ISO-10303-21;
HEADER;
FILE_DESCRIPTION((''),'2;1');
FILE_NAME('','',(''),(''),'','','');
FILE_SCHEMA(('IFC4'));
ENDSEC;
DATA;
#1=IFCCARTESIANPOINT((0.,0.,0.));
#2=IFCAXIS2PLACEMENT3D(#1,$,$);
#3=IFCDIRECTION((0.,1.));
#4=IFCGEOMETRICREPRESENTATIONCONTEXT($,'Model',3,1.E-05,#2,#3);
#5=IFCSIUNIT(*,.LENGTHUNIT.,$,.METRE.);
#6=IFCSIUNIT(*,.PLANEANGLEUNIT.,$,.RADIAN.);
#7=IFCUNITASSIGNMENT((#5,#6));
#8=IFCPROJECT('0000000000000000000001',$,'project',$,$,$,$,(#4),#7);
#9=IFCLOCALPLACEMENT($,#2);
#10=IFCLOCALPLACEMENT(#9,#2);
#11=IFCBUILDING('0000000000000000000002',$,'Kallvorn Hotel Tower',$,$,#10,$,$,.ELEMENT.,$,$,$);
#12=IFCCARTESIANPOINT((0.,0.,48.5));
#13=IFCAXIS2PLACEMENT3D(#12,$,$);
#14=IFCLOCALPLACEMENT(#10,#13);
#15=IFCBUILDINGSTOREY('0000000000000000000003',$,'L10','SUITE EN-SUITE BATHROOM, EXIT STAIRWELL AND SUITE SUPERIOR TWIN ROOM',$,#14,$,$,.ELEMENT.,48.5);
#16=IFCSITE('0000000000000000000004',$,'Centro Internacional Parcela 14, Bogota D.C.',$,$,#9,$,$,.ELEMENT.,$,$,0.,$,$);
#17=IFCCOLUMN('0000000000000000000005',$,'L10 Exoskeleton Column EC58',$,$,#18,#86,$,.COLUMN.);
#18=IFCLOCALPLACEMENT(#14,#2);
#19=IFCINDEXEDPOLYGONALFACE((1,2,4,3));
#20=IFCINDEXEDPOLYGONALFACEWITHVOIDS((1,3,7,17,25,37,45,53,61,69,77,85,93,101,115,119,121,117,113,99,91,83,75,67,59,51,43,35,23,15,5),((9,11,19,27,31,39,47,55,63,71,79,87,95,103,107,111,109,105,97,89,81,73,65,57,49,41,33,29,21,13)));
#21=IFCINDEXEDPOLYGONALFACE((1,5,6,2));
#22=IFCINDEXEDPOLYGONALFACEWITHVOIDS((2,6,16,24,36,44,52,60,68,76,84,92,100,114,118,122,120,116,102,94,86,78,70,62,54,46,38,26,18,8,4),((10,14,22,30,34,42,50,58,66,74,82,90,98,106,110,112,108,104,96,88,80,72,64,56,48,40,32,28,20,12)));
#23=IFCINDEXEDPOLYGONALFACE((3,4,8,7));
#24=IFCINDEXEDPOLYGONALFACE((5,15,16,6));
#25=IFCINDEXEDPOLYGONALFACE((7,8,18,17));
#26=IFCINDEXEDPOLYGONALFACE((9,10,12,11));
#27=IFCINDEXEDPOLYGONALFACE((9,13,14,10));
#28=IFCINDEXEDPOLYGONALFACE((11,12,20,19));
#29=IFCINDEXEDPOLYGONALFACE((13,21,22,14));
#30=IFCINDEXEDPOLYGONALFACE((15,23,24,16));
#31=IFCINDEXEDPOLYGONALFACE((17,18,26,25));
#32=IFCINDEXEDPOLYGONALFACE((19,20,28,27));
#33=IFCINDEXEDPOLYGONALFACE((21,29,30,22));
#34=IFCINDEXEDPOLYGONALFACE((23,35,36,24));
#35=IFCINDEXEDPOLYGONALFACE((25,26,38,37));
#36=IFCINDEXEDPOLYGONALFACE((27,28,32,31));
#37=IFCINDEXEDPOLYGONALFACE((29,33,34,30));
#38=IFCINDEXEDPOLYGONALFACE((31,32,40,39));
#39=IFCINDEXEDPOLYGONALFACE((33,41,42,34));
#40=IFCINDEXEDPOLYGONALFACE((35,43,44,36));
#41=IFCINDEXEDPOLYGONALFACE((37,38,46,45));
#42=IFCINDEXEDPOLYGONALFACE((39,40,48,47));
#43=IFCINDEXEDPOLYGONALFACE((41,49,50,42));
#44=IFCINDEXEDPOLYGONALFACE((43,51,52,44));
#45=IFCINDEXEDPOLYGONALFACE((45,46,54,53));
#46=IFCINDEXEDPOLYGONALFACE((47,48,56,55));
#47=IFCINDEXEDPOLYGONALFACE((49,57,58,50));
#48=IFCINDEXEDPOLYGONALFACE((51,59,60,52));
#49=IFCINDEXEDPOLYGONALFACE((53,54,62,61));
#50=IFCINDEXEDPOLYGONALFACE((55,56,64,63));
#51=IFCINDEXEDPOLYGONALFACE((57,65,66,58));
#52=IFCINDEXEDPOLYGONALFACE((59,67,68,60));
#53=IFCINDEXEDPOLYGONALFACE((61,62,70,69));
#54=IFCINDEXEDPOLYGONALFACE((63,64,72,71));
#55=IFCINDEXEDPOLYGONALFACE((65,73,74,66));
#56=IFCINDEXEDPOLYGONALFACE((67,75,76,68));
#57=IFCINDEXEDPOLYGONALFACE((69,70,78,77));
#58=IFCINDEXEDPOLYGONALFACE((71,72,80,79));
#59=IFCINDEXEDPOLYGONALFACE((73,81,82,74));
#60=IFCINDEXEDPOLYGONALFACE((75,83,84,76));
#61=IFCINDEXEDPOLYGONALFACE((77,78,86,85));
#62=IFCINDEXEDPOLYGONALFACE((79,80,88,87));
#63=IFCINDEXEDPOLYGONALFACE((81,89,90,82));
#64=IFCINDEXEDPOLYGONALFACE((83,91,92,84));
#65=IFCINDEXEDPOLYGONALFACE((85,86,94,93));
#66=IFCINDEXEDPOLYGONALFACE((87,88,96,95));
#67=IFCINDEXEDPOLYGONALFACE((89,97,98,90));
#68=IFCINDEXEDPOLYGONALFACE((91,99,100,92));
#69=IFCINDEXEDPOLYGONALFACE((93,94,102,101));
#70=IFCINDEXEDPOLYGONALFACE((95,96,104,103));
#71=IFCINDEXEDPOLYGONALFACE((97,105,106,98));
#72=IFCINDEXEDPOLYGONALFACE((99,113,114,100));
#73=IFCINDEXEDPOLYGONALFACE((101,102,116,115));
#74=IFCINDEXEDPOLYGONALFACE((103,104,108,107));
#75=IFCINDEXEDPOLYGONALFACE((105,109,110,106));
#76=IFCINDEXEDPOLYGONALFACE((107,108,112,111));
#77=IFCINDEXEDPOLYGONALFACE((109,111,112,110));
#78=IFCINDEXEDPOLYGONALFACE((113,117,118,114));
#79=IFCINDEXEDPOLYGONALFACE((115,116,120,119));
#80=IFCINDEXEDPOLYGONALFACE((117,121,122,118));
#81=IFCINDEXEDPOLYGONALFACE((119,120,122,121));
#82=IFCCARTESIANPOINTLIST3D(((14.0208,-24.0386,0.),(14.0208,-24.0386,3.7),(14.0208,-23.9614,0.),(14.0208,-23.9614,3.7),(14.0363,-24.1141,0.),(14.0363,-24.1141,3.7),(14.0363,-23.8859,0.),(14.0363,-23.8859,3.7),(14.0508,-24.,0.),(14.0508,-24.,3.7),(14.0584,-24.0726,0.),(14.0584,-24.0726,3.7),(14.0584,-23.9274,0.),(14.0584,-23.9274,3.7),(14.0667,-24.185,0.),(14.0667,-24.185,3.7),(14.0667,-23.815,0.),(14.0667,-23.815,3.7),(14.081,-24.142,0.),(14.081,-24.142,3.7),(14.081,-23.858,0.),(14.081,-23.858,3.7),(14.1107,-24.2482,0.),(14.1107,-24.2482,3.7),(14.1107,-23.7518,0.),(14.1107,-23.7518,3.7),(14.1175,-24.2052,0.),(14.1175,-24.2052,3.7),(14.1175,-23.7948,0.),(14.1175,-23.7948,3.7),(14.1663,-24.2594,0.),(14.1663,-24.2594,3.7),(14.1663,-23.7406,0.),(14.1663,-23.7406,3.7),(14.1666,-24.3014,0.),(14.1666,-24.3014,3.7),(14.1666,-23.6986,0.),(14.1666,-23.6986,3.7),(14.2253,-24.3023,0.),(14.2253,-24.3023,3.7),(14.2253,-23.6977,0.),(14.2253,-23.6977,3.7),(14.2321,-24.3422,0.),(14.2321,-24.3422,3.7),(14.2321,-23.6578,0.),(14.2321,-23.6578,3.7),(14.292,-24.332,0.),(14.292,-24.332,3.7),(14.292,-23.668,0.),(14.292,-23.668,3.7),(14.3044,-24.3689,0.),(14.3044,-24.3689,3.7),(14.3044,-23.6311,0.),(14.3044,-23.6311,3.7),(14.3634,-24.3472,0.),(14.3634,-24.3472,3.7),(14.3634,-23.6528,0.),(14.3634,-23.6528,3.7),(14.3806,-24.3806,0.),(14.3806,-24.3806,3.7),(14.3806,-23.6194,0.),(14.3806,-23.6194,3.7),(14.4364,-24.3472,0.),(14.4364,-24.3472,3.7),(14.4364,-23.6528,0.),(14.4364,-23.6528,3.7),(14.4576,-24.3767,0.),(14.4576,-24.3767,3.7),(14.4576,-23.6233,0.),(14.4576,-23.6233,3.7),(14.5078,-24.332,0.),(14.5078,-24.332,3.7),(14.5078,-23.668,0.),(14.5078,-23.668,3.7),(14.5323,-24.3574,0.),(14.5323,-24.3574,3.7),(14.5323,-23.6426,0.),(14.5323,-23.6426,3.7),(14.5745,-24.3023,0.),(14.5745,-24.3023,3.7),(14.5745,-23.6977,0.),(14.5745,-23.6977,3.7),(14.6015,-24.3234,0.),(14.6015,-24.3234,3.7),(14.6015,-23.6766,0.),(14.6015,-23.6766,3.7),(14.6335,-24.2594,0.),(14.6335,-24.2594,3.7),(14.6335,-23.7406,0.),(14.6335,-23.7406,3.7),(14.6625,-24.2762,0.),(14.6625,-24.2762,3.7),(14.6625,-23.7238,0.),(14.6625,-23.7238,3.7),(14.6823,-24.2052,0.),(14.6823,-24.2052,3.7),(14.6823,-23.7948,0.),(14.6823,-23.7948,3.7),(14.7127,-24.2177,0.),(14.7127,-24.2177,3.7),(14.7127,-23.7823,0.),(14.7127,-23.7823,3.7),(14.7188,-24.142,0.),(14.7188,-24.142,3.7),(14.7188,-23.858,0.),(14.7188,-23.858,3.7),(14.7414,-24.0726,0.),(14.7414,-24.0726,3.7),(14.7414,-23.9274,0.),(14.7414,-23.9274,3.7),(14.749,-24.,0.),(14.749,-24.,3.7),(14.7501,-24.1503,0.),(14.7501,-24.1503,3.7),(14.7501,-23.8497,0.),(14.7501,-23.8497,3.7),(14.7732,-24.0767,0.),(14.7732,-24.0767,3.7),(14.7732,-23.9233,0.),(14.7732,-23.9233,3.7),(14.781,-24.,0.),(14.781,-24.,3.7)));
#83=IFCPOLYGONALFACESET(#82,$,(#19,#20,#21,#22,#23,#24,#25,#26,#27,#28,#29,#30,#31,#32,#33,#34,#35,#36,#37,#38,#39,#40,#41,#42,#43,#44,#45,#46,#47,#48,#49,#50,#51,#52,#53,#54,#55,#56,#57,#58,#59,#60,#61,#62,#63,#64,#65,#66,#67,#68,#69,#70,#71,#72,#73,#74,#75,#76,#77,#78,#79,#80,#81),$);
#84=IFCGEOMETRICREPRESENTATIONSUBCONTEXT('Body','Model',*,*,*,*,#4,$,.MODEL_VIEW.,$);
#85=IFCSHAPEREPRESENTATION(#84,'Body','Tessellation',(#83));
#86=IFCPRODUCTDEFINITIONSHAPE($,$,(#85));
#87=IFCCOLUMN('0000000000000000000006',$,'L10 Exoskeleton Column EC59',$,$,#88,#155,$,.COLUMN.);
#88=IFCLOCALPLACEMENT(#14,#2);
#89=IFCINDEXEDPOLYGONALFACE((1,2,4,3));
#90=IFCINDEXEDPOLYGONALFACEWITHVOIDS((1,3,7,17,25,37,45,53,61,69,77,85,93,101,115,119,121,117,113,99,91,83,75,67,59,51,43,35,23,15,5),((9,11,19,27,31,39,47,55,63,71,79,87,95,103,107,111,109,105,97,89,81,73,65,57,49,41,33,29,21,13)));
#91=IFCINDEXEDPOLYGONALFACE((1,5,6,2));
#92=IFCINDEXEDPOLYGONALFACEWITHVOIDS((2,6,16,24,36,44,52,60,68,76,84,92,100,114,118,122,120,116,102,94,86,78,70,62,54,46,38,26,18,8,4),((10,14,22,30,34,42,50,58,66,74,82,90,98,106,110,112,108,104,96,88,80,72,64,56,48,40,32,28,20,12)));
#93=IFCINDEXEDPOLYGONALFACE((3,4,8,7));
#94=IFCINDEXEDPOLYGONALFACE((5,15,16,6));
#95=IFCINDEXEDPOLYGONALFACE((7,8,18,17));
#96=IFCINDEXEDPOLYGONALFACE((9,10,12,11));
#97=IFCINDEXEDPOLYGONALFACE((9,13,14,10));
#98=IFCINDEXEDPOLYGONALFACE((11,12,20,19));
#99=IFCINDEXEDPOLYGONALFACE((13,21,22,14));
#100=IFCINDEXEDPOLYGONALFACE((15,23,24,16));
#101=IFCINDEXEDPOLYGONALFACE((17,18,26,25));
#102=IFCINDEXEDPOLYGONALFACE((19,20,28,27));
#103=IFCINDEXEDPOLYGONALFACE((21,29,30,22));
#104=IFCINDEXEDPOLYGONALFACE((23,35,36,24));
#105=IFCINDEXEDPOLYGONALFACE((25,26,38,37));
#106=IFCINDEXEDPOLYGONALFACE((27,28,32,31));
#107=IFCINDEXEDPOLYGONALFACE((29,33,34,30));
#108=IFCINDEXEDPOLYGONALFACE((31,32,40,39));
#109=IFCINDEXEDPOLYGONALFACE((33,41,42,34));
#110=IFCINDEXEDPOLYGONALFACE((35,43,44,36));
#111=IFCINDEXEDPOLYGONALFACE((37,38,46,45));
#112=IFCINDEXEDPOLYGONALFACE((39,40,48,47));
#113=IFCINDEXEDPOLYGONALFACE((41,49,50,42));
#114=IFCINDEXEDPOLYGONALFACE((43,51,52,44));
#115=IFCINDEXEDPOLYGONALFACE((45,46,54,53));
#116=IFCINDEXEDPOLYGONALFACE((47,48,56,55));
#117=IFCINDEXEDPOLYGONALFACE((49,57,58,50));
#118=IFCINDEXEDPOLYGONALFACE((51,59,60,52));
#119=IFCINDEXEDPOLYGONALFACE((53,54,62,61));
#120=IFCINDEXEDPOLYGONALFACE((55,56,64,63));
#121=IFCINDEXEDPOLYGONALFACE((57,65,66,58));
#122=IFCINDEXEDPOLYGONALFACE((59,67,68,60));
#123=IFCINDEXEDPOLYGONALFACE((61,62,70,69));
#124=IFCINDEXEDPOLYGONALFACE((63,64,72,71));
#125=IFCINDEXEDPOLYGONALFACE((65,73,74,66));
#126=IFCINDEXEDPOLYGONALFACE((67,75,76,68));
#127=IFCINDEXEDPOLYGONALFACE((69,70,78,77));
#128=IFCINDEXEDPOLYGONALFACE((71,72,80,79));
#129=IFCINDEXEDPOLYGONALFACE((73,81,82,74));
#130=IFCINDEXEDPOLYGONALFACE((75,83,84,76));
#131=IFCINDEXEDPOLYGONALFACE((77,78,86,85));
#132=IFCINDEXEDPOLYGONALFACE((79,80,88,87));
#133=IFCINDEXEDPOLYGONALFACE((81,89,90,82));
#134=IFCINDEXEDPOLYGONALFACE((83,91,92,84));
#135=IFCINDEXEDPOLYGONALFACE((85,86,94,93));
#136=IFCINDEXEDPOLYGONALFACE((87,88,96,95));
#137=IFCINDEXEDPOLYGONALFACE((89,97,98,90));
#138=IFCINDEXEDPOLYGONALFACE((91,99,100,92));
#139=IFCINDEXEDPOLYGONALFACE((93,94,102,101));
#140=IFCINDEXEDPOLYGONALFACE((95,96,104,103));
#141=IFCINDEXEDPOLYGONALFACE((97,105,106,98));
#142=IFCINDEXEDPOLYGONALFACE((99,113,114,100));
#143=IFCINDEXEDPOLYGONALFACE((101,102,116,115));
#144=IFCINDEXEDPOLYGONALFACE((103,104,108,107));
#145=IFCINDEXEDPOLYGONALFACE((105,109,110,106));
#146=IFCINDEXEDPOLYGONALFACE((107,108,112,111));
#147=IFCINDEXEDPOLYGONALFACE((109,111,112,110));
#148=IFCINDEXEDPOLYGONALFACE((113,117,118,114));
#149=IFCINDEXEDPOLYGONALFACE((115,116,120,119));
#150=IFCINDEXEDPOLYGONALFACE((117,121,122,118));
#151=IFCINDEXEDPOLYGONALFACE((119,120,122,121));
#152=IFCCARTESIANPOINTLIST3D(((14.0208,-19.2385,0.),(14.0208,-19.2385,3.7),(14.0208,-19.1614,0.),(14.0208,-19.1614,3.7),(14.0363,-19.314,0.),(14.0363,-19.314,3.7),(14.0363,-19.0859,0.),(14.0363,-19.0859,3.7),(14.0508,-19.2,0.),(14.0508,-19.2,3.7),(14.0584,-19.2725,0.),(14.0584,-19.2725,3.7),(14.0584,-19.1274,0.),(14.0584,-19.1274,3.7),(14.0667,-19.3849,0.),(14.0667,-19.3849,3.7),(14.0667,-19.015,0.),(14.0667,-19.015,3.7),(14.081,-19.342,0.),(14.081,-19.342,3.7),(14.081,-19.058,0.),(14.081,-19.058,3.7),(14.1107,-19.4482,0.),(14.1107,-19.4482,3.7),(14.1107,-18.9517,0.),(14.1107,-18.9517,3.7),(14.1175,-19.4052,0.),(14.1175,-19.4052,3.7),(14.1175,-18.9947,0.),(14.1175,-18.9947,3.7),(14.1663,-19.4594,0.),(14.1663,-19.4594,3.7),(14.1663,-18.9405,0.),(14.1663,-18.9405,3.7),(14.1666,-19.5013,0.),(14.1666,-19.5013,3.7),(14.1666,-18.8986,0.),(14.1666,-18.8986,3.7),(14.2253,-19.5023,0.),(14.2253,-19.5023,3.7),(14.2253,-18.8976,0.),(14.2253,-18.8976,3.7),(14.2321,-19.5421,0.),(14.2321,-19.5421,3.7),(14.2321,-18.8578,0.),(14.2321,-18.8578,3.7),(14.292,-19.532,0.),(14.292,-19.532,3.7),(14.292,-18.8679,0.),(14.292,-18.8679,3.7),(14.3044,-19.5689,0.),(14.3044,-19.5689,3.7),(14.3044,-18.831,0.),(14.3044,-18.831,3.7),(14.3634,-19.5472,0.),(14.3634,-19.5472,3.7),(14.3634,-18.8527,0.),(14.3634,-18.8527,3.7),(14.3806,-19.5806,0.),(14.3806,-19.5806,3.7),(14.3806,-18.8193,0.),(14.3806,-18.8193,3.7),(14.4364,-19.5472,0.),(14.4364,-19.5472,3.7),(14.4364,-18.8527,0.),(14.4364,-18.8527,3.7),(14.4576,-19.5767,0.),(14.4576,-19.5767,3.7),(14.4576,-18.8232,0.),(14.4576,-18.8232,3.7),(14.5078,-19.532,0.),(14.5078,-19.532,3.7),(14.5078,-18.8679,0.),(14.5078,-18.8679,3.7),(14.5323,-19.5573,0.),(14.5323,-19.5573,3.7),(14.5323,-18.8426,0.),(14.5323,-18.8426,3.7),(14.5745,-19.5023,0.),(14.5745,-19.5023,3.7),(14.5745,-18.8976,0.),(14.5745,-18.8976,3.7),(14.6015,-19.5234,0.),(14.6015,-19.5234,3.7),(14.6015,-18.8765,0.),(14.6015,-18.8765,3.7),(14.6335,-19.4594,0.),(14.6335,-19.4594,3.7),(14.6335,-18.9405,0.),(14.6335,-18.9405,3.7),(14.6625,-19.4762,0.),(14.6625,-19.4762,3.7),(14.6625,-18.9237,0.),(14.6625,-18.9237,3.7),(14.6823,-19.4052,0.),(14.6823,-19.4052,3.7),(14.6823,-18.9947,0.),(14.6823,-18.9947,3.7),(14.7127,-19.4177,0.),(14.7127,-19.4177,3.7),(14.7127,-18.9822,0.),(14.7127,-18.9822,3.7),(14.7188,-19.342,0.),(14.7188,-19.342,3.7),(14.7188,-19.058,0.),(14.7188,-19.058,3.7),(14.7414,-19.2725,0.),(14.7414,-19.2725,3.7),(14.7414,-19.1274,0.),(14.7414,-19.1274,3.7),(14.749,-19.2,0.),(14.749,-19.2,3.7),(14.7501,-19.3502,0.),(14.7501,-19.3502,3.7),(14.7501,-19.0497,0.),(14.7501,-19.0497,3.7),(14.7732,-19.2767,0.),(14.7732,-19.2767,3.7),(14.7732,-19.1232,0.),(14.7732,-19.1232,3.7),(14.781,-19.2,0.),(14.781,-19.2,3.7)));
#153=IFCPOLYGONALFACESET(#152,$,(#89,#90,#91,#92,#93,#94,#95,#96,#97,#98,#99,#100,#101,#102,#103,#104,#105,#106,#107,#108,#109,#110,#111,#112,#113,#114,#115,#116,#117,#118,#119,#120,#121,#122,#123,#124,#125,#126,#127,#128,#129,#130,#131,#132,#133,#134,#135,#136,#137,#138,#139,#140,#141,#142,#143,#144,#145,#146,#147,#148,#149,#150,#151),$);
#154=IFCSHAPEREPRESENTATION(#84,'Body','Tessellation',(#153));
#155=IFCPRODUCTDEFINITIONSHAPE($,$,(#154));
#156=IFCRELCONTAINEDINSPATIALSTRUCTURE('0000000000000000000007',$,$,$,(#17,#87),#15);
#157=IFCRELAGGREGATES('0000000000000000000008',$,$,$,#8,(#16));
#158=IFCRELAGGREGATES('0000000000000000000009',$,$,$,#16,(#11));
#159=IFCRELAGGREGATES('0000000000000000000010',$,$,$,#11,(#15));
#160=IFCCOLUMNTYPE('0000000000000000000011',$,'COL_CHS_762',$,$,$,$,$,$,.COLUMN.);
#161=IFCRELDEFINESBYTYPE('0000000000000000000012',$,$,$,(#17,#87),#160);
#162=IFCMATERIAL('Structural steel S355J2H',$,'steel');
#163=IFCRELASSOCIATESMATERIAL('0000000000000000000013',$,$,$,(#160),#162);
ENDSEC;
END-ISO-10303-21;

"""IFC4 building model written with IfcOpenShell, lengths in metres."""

from ifc_helpers import new_model, si_unit, direction, frame, origin, origin_2d, place, context, subcontext, project, spatial, hollow_circle, extrude, material, material_profile, profile_set, type_object, element, save


model = new_model("IFC4")

# Units and contexts
model_context = context("Model", 3, precision=1e-05, world=origin(), true_north=direction((0.0, 1.0)))
body_context = subcontext(model_context, "Body", "Model", "MODEL_VIEW")
ifc_project = project(units=[si_unit("LENGTHUNIT", "METRE"), si_unit("PLANEANGLEUNIT", "RADIAN")], contexts=[model_context])

# Site, building, storey
site_placement = place(None, origin())
site = spatial("IfcSite", under=ifc_project, at=site_placement, Name="Centro Internacional Parcela 14, Bogota D.C.", CompositionType="ELEMENT", RefElevation=0.0)
building_placement = place(site_placement, origin())
building = spatial("IfcBuilding", under=site, at=building_placement, Name="Kallvorn Hotel Tower", CompositionType="ELEMENT")
storey_placement = place(building_placement, frame((0.0, 0.0, 48.5)))
storey = spatial("IfcBuildingStorey", under=building, at=storey_placement, Name="L10", Description="SUITE EN-SUITE BATHROOM, EXIT STAIRWELL AND SUITE SUPERIOR TWIN ROOM", CompositionType="ELEMENT", Elevation=48.5)

# Columns
ifc_material_1 = material(Name="Structural steel S355J2H", Category="steel")
ifc_material_profile_1 = material_profile(ifc_material_1, hollow_circle(Radius=0.3811, WallThickness=0.032, at=origin_2d()), Name="CHS 762x32")
ifc_profile_set_1 = profile_set([ifc_material_profile_1], Name="Structural steel S355J2H")
column_type = type_object("IfcColumnType", Name="COL_CHS_762", PredefinedType="COLUMN", material=ifc_profile_set_1)
for number, where, z_axis, x_axis, name in (
    (1, (14.3999, -24.0, 0.0), (0.0, 0.0, 1.0), (1.0, 0.0, 0.0), "L10 Exoskeleton Column EC58"),
    (2, (14.3999, -19.2, 0.0), (0.0, 0.0, 1.0), (1.0, 0.0, 0.0), "L10 Exoskeleton Column EC59"),
):
    element("IfcColumn", number, at=place(storey_placement, frame(where, z_axis=z_axis, x_axis=x_axis)), inside=storey, type_object=column_type, Name=name, PredefinedType="COLUMN", context=body_context, shape_type="SweptSolid", body=[
        extrude(hollow_circle(Radius=0.3811, WallThickness=0.032, at=origin_2d()), origin(), (0.0, 0.0, 1.0), 3.7),
    ])

save(model, "model.ifc")
